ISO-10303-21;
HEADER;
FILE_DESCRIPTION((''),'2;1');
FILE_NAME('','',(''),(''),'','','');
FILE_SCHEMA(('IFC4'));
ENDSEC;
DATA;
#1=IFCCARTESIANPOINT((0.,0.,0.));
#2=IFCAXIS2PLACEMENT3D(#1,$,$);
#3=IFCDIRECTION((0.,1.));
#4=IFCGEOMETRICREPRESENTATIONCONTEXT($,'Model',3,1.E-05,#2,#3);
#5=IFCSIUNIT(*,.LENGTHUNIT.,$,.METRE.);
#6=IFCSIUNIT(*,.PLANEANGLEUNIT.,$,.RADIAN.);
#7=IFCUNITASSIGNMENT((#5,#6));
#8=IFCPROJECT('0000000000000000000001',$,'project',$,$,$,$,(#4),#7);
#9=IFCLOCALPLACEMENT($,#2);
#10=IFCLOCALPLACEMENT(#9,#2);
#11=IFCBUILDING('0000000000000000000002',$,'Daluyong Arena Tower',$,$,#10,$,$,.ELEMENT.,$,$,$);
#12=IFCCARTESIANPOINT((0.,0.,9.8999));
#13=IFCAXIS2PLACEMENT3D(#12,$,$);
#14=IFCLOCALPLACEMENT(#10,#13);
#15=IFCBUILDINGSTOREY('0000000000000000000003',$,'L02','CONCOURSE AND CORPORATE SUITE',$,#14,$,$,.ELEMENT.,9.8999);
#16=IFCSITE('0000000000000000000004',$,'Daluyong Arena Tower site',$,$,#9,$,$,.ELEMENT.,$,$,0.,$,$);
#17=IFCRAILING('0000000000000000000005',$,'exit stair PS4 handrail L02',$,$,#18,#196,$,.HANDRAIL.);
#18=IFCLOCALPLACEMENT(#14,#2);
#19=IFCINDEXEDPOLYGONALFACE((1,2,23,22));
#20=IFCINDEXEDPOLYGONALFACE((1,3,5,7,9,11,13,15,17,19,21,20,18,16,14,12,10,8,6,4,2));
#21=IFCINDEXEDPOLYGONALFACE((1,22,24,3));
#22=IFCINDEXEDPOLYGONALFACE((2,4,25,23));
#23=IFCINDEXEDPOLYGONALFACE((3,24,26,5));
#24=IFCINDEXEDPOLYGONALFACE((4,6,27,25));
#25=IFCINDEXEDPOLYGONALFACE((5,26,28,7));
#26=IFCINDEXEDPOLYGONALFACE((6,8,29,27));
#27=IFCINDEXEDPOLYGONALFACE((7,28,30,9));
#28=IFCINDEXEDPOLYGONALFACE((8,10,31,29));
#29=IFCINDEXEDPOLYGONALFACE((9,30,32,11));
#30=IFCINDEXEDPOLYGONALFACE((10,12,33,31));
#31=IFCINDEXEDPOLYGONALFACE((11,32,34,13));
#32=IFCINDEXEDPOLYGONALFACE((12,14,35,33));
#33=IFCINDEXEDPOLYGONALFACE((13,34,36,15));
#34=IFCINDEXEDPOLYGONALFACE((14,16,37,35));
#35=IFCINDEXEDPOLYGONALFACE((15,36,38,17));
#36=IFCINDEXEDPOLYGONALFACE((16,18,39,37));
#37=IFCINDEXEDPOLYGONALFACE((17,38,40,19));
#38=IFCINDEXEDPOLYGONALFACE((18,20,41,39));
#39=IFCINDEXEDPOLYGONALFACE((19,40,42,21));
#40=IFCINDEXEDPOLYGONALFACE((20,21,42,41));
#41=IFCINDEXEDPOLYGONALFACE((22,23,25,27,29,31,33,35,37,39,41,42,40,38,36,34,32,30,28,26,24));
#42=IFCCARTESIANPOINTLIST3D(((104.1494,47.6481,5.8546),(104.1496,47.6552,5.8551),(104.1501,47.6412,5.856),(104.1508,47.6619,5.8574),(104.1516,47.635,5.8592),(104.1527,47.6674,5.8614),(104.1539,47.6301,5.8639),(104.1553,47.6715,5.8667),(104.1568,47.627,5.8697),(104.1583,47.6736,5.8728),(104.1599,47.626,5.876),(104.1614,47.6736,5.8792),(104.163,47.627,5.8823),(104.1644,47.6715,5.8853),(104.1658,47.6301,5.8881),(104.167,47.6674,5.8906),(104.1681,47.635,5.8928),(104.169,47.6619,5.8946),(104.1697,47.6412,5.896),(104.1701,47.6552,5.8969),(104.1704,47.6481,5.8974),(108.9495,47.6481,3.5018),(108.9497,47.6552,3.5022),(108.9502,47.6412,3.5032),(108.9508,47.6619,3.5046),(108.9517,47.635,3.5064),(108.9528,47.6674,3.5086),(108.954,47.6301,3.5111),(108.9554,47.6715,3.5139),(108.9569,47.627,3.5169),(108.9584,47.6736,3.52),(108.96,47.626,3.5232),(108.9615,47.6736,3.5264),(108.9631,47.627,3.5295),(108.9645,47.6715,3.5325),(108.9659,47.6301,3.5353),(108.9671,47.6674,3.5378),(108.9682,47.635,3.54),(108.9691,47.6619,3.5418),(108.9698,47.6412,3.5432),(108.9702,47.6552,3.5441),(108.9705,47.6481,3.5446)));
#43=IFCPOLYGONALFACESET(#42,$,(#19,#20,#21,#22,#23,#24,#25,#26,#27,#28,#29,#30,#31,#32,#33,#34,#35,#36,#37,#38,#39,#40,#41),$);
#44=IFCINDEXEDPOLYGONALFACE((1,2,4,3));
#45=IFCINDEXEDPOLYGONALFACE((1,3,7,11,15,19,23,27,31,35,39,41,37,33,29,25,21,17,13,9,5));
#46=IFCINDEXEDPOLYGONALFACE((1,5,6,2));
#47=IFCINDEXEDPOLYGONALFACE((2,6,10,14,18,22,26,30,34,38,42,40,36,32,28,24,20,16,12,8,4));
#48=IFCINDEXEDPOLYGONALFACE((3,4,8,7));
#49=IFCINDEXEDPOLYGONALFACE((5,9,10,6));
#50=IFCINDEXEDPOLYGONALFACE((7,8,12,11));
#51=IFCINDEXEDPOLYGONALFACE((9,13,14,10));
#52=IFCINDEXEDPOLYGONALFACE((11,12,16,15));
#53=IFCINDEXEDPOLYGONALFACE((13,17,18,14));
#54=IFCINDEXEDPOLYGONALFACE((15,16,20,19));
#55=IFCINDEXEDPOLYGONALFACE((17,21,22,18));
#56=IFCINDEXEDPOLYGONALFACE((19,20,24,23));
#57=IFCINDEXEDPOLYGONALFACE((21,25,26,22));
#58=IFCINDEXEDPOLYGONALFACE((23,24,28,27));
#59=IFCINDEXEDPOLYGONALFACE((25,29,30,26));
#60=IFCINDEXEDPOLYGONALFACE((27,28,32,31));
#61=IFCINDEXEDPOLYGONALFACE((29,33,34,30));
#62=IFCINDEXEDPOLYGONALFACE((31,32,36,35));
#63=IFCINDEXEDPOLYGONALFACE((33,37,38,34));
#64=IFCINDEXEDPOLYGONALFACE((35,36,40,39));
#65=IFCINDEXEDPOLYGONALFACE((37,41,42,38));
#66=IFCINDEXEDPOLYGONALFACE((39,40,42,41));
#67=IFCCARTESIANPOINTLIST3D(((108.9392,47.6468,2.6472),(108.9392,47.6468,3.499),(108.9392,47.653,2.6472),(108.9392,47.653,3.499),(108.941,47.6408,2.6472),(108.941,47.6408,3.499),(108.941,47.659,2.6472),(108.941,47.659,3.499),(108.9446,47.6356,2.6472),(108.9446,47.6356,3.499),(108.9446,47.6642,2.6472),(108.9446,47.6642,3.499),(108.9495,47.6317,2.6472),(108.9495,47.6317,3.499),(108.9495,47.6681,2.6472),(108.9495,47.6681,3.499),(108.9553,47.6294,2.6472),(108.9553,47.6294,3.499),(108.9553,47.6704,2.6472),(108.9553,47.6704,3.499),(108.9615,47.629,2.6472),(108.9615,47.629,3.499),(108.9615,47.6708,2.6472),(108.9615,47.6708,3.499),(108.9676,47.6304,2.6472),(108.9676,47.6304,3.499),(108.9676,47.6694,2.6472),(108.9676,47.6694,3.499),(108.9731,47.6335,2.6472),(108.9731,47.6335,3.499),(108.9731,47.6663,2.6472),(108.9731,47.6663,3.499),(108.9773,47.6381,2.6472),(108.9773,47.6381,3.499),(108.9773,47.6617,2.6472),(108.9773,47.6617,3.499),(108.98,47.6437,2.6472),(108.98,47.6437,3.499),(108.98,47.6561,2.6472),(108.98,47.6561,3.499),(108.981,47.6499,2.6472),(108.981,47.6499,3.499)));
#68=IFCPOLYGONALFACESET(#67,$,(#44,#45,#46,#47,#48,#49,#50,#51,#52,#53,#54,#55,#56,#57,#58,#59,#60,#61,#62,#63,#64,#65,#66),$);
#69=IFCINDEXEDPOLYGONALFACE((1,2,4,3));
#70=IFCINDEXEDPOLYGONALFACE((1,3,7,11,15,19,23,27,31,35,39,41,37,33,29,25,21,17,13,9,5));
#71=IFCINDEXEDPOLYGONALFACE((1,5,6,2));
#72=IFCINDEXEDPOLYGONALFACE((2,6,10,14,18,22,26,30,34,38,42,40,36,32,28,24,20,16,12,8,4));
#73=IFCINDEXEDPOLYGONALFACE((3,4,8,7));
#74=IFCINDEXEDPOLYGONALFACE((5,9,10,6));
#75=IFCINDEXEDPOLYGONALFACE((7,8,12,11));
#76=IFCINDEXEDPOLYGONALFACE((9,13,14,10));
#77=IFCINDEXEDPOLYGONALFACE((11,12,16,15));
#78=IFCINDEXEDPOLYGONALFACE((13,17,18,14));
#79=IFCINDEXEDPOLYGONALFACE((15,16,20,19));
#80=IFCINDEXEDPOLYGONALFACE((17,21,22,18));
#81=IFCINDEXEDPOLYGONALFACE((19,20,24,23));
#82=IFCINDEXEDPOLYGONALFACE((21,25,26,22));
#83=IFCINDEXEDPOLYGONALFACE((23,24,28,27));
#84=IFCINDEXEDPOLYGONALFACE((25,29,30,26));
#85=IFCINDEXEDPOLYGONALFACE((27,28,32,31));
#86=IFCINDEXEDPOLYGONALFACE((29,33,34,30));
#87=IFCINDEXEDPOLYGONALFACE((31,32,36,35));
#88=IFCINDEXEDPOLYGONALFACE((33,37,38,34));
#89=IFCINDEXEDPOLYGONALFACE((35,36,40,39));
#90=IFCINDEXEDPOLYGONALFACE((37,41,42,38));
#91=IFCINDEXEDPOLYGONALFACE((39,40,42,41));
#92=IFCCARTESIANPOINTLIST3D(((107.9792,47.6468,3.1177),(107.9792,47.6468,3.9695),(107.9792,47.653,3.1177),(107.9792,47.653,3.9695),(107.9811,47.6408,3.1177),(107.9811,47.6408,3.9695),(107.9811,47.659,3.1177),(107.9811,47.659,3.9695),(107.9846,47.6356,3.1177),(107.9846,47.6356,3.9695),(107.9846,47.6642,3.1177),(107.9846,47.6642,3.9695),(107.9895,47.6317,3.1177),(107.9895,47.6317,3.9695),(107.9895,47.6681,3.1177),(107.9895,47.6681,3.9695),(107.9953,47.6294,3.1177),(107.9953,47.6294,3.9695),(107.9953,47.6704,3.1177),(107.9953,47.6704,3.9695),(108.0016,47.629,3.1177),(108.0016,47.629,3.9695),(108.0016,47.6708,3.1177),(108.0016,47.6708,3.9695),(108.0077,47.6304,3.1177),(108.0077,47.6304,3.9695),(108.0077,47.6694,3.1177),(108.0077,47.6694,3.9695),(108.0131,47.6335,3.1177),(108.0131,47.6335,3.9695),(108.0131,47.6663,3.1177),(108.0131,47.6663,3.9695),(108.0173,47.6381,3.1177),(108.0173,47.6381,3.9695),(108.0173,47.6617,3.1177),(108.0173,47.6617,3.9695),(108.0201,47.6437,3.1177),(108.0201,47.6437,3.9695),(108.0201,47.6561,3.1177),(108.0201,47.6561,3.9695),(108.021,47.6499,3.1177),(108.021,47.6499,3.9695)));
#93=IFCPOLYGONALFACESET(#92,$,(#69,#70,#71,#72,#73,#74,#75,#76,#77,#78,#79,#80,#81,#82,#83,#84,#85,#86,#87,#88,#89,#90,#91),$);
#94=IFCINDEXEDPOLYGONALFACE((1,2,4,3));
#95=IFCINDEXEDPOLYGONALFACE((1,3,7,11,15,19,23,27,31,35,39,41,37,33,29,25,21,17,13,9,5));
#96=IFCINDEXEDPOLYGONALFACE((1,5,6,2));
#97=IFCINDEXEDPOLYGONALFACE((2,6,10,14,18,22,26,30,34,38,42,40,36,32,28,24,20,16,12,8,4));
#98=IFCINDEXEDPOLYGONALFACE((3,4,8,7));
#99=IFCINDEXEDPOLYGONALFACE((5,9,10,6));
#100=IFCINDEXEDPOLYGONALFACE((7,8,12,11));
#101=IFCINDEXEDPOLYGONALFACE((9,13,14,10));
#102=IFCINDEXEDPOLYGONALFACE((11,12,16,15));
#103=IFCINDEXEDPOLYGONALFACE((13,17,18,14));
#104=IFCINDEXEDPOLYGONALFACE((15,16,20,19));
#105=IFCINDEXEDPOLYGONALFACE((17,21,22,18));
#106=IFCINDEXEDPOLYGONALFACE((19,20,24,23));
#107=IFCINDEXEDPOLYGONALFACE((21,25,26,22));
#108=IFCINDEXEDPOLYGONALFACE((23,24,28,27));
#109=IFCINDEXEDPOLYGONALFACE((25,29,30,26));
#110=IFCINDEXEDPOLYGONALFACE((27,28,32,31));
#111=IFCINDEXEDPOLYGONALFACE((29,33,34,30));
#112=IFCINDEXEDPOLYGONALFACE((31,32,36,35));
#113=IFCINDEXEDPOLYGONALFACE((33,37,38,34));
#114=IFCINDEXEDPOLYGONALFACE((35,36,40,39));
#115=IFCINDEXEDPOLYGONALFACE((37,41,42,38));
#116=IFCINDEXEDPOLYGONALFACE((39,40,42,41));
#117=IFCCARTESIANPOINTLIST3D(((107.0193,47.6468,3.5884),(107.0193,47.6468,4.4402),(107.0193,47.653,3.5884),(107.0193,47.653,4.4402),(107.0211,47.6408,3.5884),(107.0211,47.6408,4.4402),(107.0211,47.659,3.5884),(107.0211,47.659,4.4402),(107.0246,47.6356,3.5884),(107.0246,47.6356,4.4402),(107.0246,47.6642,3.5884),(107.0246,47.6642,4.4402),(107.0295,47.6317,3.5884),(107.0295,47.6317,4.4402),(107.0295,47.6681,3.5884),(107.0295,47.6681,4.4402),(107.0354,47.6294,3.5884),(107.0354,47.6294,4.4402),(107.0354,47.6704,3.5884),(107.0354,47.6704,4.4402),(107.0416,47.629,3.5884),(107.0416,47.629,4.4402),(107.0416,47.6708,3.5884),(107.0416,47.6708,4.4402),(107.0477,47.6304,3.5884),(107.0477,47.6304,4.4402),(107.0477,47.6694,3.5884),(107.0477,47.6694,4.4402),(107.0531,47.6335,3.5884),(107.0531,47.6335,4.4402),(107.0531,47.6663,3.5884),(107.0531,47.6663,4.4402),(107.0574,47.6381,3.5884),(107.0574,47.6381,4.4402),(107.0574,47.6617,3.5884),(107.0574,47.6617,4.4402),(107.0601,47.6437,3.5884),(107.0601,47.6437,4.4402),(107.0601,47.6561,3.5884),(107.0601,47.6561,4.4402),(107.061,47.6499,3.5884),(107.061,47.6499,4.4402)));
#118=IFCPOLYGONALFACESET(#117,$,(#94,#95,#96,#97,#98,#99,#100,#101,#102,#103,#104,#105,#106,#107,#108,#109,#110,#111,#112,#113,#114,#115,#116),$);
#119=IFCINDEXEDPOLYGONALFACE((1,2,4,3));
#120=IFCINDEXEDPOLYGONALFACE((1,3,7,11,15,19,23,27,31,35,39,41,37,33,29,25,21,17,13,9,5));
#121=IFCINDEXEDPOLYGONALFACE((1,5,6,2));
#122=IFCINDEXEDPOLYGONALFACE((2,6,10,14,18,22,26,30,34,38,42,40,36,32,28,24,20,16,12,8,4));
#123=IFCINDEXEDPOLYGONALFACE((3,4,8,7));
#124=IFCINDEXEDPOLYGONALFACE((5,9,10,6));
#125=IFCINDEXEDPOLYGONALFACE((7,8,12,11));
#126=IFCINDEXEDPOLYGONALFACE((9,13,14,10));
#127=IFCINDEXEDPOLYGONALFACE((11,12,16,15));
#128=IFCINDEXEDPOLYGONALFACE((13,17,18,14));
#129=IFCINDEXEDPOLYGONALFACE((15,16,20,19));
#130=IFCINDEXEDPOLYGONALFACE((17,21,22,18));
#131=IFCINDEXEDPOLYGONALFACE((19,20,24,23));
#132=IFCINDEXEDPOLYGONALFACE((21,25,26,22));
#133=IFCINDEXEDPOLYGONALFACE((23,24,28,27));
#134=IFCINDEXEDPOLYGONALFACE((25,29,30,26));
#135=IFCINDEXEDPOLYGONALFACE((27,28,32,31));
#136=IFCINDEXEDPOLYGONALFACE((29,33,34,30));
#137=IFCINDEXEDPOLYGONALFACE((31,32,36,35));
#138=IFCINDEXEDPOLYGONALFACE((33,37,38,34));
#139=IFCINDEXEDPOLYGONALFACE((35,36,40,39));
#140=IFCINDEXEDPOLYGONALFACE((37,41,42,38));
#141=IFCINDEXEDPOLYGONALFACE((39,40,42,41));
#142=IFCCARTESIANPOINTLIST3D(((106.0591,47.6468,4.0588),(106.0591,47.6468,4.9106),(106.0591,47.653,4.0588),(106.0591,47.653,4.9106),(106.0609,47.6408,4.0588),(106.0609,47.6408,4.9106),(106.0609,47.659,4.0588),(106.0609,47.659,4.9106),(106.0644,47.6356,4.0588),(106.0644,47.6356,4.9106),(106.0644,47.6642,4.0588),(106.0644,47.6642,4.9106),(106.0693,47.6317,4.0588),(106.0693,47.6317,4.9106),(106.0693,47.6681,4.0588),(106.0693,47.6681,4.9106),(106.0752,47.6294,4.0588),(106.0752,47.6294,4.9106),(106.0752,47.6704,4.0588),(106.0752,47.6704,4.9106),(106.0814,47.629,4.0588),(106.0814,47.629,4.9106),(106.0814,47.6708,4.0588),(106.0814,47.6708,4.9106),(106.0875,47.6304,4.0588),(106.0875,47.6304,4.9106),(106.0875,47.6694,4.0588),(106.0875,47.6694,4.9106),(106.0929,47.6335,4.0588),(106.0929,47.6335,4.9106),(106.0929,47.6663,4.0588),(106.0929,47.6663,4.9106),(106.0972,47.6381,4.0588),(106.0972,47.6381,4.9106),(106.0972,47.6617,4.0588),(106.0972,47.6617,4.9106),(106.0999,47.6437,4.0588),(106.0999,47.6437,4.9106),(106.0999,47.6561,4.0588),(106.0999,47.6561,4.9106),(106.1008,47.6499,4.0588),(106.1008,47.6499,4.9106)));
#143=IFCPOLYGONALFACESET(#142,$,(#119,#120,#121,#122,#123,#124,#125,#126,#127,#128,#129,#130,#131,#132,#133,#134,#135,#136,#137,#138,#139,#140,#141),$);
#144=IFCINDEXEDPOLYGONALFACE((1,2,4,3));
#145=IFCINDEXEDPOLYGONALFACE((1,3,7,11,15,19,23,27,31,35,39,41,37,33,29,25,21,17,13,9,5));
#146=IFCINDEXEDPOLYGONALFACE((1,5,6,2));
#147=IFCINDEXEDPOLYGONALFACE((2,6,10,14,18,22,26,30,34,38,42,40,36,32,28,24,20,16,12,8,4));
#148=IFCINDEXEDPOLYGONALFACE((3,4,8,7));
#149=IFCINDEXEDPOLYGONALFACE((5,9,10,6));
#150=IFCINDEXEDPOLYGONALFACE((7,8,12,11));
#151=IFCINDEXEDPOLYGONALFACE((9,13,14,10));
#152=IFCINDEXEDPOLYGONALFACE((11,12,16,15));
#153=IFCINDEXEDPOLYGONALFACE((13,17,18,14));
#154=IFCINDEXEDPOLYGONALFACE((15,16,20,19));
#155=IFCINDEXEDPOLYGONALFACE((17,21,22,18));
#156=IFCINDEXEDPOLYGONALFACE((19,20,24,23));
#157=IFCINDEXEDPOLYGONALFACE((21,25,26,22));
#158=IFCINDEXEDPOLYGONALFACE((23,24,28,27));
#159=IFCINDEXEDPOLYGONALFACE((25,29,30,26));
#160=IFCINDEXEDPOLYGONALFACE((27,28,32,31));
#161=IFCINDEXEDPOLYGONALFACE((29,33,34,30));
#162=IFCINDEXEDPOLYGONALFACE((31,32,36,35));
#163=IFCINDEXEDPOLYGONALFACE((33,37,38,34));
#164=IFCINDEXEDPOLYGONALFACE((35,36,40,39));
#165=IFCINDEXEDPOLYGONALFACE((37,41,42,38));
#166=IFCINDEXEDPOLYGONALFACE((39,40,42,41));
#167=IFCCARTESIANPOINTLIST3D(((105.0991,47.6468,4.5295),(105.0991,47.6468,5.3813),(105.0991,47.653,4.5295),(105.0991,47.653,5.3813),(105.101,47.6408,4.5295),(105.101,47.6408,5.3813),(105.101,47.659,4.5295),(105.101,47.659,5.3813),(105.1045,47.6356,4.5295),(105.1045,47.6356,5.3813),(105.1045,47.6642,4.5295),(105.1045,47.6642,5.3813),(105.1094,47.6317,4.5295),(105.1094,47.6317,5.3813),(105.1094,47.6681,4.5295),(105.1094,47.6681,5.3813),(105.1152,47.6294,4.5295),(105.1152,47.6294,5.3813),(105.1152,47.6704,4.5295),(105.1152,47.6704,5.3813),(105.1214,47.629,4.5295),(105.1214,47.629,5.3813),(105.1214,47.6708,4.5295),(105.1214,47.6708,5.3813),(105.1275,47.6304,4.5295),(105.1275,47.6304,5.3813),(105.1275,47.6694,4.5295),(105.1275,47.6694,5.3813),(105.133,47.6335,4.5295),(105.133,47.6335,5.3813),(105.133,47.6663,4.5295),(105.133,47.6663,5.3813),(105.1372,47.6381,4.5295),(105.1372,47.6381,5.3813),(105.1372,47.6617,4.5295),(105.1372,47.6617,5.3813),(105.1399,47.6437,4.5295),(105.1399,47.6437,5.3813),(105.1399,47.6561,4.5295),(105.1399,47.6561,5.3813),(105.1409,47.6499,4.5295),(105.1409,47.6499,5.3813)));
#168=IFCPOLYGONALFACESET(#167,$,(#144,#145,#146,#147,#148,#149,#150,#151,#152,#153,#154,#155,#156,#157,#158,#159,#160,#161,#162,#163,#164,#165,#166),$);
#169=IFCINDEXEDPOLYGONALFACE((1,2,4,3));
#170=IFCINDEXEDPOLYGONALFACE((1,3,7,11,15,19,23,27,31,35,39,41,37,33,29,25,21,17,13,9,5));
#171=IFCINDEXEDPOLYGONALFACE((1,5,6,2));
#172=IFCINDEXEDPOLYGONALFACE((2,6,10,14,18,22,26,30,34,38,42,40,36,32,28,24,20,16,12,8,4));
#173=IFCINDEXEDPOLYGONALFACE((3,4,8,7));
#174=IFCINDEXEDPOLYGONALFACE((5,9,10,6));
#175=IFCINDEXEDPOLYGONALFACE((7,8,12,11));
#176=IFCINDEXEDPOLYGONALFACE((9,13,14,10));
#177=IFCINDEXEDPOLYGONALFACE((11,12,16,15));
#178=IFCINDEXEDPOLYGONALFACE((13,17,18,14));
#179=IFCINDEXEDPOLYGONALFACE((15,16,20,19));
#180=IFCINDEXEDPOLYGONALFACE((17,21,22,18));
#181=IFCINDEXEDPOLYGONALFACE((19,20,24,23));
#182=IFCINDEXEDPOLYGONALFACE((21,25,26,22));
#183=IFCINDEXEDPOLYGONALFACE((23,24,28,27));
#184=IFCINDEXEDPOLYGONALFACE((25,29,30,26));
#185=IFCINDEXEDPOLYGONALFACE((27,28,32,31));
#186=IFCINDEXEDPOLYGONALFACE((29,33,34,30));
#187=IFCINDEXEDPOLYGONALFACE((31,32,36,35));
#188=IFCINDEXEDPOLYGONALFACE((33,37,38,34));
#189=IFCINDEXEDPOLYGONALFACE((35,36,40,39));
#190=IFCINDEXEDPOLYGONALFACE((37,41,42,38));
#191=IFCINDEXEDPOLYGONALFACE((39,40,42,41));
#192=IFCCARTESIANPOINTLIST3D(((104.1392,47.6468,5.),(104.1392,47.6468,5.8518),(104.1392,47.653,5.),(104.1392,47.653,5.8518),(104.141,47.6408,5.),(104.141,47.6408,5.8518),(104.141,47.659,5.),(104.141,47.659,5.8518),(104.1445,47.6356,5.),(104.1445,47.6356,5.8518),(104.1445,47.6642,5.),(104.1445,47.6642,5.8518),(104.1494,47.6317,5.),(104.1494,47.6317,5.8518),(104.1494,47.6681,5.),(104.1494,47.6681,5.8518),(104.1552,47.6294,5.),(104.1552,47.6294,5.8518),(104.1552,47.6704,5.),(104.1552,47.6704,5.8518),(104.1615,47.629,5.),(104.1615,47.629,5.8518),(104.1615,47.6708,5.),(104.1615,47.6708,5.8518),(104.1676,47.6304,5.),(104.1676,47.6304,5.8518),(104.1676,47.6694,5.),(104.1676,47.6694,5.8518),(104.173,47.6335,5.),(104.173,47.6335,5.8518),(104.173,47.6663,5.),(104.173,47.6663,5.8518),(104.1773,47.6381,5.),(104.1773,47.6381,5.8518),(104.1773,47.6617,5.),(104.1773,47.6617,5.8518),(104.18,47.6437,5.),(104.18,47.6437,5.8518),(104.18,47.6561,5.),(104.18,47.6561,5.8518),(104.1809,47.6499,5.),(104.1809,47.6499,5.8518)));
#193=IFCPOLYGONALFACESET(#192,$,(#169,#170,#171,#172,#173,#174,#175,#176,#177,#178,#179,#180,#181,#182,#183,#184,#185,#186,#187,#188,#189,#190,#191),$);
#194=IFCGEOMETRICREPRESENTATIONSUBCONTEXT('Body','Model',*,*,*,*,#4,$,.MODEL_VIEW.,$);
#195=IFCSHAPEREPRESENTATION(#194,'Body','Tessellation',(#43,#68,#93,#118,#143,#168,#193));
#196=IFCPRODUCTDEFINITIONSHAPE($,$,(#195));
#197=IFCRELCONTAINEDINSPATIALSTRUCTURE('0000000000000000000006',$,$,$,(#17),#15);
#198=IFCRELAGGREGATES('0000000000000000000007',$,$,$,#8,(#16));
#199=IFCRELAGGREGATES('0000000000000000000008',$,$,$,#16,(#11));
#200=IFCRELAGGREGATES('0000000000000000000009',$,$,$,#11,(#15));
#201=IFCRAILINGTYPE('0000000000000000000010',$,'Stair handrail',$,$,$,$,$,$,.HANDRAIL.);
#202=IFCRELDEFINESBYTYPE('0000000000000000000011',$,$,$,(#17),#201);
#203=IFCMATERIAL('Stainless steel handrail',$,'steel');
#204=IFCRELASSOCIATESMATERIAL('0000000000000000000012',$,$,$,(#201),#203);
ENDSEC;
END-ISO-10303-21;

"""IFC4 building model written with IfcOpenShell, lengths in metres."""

from ifc_helpers import new_model, si_unit, direction, frame, origin, origin_2d, place, context, subcontext, project, spatial, circle, extrude, material, type_object, element, save


model = new_model("IFC4")

# Units and contexts
model_context = context("Model", 3, precision=1e-05, world=origin(), true_north=direction((0.0, 1.0)))
body_context = subcontext(model_context, "Body", "Model", "MODEL_VIEW")
ifc_project = project(units=[si_unit("LENGTHUNIT", "METRE"), si_unit("PLANEANGLEUNIT", "RADIAN")], contexts=[model_context])

# Site, building, storey
site_placement = place(None, origin())
site = spatial("IfcSite", under=ifc_project, at=site_placement, Name="Daluyong Arena Tower site", CompositionType="ELEMENT", RefElevation=0.0)
building_placement = place(site_placement, origin())
building = spatial("IfcBuilding", under=site, at=building_placement, Name="Daluyong Arena Tower", CompositionType="ELEMENT")
storey_placement = place(building_placement, frame((0.0, 0.0, 9.8999)))
storey = spatial("IfcBuildingStorey", under=building, at=storey_placement, Name="L02", Description="CONCOURSE AND CORPORATE SUITE", CompositionType="ELEMENT", Elevation=9.8999)

# Railing
ifc_material_1 = material(Name="Stainless steel handrail", Category="steel")
railing_type_1 = type_object("IfcRailingType", Name="Stair handrail", PredefinedType="HANDRAIL", material=ifc_material_1)
railing_1_placement = place(storey_placement, frame((108.96, 47.6499, 2.6472)))
element("IfcRailing", 1, at=railing_1_placement, inside=storey, type_object=railing_type_1, Name="exit stair PS4 handrail L02", PredefinedType="HANDRAIL", context=body_context, shape_type="SweptSolid", body=[
    extrude(circle(Radius=0.0239, at=origin_2d()), frame((0.0, 0.0, 0.876), z_axis=(-0.897934, 0.0, 0.44013), x_axis=(0.0, -1.0, 0.0)), (0.0, 0.0, 1.0), 5.3457),
    extrude(circle(Radius=0.021, at=origin_2d()), origin(), (0.0, 0.0, 1.0), 0.8518),
    extrude(circle(Radius=0.021, at=origin_2d()), frame((-0.96, 0.0, 0.4705)), (0.0, 0.0, 1.0), 0.8518),
    extrude(circle(Radius=0.021, at=origin_2d()), frame((-1.9199, 0.0, 0.9412)), (0.0, 0.0, 1.0), 0.8518),
    extrude(circle(Radius=0.021, at=origin_2d()), frame((-2.8801, 0.0, 1.4116)), (0.0, 0.0, 1.0), 0.8518),
    extrude(circle(Radius=0.021, at=origin_2d()), frame((-3.8401, 0.0, 1.8823)), (0.0, 0.0, 1.0), 0.8518),
    extrude(circle(Radius=0.021, at=origin_2d()), frame((-4.8, 0.0, 2.3528)), (0.0, 0.0, 1.0), 0.8518),
])

save(model, "model.ifc")
